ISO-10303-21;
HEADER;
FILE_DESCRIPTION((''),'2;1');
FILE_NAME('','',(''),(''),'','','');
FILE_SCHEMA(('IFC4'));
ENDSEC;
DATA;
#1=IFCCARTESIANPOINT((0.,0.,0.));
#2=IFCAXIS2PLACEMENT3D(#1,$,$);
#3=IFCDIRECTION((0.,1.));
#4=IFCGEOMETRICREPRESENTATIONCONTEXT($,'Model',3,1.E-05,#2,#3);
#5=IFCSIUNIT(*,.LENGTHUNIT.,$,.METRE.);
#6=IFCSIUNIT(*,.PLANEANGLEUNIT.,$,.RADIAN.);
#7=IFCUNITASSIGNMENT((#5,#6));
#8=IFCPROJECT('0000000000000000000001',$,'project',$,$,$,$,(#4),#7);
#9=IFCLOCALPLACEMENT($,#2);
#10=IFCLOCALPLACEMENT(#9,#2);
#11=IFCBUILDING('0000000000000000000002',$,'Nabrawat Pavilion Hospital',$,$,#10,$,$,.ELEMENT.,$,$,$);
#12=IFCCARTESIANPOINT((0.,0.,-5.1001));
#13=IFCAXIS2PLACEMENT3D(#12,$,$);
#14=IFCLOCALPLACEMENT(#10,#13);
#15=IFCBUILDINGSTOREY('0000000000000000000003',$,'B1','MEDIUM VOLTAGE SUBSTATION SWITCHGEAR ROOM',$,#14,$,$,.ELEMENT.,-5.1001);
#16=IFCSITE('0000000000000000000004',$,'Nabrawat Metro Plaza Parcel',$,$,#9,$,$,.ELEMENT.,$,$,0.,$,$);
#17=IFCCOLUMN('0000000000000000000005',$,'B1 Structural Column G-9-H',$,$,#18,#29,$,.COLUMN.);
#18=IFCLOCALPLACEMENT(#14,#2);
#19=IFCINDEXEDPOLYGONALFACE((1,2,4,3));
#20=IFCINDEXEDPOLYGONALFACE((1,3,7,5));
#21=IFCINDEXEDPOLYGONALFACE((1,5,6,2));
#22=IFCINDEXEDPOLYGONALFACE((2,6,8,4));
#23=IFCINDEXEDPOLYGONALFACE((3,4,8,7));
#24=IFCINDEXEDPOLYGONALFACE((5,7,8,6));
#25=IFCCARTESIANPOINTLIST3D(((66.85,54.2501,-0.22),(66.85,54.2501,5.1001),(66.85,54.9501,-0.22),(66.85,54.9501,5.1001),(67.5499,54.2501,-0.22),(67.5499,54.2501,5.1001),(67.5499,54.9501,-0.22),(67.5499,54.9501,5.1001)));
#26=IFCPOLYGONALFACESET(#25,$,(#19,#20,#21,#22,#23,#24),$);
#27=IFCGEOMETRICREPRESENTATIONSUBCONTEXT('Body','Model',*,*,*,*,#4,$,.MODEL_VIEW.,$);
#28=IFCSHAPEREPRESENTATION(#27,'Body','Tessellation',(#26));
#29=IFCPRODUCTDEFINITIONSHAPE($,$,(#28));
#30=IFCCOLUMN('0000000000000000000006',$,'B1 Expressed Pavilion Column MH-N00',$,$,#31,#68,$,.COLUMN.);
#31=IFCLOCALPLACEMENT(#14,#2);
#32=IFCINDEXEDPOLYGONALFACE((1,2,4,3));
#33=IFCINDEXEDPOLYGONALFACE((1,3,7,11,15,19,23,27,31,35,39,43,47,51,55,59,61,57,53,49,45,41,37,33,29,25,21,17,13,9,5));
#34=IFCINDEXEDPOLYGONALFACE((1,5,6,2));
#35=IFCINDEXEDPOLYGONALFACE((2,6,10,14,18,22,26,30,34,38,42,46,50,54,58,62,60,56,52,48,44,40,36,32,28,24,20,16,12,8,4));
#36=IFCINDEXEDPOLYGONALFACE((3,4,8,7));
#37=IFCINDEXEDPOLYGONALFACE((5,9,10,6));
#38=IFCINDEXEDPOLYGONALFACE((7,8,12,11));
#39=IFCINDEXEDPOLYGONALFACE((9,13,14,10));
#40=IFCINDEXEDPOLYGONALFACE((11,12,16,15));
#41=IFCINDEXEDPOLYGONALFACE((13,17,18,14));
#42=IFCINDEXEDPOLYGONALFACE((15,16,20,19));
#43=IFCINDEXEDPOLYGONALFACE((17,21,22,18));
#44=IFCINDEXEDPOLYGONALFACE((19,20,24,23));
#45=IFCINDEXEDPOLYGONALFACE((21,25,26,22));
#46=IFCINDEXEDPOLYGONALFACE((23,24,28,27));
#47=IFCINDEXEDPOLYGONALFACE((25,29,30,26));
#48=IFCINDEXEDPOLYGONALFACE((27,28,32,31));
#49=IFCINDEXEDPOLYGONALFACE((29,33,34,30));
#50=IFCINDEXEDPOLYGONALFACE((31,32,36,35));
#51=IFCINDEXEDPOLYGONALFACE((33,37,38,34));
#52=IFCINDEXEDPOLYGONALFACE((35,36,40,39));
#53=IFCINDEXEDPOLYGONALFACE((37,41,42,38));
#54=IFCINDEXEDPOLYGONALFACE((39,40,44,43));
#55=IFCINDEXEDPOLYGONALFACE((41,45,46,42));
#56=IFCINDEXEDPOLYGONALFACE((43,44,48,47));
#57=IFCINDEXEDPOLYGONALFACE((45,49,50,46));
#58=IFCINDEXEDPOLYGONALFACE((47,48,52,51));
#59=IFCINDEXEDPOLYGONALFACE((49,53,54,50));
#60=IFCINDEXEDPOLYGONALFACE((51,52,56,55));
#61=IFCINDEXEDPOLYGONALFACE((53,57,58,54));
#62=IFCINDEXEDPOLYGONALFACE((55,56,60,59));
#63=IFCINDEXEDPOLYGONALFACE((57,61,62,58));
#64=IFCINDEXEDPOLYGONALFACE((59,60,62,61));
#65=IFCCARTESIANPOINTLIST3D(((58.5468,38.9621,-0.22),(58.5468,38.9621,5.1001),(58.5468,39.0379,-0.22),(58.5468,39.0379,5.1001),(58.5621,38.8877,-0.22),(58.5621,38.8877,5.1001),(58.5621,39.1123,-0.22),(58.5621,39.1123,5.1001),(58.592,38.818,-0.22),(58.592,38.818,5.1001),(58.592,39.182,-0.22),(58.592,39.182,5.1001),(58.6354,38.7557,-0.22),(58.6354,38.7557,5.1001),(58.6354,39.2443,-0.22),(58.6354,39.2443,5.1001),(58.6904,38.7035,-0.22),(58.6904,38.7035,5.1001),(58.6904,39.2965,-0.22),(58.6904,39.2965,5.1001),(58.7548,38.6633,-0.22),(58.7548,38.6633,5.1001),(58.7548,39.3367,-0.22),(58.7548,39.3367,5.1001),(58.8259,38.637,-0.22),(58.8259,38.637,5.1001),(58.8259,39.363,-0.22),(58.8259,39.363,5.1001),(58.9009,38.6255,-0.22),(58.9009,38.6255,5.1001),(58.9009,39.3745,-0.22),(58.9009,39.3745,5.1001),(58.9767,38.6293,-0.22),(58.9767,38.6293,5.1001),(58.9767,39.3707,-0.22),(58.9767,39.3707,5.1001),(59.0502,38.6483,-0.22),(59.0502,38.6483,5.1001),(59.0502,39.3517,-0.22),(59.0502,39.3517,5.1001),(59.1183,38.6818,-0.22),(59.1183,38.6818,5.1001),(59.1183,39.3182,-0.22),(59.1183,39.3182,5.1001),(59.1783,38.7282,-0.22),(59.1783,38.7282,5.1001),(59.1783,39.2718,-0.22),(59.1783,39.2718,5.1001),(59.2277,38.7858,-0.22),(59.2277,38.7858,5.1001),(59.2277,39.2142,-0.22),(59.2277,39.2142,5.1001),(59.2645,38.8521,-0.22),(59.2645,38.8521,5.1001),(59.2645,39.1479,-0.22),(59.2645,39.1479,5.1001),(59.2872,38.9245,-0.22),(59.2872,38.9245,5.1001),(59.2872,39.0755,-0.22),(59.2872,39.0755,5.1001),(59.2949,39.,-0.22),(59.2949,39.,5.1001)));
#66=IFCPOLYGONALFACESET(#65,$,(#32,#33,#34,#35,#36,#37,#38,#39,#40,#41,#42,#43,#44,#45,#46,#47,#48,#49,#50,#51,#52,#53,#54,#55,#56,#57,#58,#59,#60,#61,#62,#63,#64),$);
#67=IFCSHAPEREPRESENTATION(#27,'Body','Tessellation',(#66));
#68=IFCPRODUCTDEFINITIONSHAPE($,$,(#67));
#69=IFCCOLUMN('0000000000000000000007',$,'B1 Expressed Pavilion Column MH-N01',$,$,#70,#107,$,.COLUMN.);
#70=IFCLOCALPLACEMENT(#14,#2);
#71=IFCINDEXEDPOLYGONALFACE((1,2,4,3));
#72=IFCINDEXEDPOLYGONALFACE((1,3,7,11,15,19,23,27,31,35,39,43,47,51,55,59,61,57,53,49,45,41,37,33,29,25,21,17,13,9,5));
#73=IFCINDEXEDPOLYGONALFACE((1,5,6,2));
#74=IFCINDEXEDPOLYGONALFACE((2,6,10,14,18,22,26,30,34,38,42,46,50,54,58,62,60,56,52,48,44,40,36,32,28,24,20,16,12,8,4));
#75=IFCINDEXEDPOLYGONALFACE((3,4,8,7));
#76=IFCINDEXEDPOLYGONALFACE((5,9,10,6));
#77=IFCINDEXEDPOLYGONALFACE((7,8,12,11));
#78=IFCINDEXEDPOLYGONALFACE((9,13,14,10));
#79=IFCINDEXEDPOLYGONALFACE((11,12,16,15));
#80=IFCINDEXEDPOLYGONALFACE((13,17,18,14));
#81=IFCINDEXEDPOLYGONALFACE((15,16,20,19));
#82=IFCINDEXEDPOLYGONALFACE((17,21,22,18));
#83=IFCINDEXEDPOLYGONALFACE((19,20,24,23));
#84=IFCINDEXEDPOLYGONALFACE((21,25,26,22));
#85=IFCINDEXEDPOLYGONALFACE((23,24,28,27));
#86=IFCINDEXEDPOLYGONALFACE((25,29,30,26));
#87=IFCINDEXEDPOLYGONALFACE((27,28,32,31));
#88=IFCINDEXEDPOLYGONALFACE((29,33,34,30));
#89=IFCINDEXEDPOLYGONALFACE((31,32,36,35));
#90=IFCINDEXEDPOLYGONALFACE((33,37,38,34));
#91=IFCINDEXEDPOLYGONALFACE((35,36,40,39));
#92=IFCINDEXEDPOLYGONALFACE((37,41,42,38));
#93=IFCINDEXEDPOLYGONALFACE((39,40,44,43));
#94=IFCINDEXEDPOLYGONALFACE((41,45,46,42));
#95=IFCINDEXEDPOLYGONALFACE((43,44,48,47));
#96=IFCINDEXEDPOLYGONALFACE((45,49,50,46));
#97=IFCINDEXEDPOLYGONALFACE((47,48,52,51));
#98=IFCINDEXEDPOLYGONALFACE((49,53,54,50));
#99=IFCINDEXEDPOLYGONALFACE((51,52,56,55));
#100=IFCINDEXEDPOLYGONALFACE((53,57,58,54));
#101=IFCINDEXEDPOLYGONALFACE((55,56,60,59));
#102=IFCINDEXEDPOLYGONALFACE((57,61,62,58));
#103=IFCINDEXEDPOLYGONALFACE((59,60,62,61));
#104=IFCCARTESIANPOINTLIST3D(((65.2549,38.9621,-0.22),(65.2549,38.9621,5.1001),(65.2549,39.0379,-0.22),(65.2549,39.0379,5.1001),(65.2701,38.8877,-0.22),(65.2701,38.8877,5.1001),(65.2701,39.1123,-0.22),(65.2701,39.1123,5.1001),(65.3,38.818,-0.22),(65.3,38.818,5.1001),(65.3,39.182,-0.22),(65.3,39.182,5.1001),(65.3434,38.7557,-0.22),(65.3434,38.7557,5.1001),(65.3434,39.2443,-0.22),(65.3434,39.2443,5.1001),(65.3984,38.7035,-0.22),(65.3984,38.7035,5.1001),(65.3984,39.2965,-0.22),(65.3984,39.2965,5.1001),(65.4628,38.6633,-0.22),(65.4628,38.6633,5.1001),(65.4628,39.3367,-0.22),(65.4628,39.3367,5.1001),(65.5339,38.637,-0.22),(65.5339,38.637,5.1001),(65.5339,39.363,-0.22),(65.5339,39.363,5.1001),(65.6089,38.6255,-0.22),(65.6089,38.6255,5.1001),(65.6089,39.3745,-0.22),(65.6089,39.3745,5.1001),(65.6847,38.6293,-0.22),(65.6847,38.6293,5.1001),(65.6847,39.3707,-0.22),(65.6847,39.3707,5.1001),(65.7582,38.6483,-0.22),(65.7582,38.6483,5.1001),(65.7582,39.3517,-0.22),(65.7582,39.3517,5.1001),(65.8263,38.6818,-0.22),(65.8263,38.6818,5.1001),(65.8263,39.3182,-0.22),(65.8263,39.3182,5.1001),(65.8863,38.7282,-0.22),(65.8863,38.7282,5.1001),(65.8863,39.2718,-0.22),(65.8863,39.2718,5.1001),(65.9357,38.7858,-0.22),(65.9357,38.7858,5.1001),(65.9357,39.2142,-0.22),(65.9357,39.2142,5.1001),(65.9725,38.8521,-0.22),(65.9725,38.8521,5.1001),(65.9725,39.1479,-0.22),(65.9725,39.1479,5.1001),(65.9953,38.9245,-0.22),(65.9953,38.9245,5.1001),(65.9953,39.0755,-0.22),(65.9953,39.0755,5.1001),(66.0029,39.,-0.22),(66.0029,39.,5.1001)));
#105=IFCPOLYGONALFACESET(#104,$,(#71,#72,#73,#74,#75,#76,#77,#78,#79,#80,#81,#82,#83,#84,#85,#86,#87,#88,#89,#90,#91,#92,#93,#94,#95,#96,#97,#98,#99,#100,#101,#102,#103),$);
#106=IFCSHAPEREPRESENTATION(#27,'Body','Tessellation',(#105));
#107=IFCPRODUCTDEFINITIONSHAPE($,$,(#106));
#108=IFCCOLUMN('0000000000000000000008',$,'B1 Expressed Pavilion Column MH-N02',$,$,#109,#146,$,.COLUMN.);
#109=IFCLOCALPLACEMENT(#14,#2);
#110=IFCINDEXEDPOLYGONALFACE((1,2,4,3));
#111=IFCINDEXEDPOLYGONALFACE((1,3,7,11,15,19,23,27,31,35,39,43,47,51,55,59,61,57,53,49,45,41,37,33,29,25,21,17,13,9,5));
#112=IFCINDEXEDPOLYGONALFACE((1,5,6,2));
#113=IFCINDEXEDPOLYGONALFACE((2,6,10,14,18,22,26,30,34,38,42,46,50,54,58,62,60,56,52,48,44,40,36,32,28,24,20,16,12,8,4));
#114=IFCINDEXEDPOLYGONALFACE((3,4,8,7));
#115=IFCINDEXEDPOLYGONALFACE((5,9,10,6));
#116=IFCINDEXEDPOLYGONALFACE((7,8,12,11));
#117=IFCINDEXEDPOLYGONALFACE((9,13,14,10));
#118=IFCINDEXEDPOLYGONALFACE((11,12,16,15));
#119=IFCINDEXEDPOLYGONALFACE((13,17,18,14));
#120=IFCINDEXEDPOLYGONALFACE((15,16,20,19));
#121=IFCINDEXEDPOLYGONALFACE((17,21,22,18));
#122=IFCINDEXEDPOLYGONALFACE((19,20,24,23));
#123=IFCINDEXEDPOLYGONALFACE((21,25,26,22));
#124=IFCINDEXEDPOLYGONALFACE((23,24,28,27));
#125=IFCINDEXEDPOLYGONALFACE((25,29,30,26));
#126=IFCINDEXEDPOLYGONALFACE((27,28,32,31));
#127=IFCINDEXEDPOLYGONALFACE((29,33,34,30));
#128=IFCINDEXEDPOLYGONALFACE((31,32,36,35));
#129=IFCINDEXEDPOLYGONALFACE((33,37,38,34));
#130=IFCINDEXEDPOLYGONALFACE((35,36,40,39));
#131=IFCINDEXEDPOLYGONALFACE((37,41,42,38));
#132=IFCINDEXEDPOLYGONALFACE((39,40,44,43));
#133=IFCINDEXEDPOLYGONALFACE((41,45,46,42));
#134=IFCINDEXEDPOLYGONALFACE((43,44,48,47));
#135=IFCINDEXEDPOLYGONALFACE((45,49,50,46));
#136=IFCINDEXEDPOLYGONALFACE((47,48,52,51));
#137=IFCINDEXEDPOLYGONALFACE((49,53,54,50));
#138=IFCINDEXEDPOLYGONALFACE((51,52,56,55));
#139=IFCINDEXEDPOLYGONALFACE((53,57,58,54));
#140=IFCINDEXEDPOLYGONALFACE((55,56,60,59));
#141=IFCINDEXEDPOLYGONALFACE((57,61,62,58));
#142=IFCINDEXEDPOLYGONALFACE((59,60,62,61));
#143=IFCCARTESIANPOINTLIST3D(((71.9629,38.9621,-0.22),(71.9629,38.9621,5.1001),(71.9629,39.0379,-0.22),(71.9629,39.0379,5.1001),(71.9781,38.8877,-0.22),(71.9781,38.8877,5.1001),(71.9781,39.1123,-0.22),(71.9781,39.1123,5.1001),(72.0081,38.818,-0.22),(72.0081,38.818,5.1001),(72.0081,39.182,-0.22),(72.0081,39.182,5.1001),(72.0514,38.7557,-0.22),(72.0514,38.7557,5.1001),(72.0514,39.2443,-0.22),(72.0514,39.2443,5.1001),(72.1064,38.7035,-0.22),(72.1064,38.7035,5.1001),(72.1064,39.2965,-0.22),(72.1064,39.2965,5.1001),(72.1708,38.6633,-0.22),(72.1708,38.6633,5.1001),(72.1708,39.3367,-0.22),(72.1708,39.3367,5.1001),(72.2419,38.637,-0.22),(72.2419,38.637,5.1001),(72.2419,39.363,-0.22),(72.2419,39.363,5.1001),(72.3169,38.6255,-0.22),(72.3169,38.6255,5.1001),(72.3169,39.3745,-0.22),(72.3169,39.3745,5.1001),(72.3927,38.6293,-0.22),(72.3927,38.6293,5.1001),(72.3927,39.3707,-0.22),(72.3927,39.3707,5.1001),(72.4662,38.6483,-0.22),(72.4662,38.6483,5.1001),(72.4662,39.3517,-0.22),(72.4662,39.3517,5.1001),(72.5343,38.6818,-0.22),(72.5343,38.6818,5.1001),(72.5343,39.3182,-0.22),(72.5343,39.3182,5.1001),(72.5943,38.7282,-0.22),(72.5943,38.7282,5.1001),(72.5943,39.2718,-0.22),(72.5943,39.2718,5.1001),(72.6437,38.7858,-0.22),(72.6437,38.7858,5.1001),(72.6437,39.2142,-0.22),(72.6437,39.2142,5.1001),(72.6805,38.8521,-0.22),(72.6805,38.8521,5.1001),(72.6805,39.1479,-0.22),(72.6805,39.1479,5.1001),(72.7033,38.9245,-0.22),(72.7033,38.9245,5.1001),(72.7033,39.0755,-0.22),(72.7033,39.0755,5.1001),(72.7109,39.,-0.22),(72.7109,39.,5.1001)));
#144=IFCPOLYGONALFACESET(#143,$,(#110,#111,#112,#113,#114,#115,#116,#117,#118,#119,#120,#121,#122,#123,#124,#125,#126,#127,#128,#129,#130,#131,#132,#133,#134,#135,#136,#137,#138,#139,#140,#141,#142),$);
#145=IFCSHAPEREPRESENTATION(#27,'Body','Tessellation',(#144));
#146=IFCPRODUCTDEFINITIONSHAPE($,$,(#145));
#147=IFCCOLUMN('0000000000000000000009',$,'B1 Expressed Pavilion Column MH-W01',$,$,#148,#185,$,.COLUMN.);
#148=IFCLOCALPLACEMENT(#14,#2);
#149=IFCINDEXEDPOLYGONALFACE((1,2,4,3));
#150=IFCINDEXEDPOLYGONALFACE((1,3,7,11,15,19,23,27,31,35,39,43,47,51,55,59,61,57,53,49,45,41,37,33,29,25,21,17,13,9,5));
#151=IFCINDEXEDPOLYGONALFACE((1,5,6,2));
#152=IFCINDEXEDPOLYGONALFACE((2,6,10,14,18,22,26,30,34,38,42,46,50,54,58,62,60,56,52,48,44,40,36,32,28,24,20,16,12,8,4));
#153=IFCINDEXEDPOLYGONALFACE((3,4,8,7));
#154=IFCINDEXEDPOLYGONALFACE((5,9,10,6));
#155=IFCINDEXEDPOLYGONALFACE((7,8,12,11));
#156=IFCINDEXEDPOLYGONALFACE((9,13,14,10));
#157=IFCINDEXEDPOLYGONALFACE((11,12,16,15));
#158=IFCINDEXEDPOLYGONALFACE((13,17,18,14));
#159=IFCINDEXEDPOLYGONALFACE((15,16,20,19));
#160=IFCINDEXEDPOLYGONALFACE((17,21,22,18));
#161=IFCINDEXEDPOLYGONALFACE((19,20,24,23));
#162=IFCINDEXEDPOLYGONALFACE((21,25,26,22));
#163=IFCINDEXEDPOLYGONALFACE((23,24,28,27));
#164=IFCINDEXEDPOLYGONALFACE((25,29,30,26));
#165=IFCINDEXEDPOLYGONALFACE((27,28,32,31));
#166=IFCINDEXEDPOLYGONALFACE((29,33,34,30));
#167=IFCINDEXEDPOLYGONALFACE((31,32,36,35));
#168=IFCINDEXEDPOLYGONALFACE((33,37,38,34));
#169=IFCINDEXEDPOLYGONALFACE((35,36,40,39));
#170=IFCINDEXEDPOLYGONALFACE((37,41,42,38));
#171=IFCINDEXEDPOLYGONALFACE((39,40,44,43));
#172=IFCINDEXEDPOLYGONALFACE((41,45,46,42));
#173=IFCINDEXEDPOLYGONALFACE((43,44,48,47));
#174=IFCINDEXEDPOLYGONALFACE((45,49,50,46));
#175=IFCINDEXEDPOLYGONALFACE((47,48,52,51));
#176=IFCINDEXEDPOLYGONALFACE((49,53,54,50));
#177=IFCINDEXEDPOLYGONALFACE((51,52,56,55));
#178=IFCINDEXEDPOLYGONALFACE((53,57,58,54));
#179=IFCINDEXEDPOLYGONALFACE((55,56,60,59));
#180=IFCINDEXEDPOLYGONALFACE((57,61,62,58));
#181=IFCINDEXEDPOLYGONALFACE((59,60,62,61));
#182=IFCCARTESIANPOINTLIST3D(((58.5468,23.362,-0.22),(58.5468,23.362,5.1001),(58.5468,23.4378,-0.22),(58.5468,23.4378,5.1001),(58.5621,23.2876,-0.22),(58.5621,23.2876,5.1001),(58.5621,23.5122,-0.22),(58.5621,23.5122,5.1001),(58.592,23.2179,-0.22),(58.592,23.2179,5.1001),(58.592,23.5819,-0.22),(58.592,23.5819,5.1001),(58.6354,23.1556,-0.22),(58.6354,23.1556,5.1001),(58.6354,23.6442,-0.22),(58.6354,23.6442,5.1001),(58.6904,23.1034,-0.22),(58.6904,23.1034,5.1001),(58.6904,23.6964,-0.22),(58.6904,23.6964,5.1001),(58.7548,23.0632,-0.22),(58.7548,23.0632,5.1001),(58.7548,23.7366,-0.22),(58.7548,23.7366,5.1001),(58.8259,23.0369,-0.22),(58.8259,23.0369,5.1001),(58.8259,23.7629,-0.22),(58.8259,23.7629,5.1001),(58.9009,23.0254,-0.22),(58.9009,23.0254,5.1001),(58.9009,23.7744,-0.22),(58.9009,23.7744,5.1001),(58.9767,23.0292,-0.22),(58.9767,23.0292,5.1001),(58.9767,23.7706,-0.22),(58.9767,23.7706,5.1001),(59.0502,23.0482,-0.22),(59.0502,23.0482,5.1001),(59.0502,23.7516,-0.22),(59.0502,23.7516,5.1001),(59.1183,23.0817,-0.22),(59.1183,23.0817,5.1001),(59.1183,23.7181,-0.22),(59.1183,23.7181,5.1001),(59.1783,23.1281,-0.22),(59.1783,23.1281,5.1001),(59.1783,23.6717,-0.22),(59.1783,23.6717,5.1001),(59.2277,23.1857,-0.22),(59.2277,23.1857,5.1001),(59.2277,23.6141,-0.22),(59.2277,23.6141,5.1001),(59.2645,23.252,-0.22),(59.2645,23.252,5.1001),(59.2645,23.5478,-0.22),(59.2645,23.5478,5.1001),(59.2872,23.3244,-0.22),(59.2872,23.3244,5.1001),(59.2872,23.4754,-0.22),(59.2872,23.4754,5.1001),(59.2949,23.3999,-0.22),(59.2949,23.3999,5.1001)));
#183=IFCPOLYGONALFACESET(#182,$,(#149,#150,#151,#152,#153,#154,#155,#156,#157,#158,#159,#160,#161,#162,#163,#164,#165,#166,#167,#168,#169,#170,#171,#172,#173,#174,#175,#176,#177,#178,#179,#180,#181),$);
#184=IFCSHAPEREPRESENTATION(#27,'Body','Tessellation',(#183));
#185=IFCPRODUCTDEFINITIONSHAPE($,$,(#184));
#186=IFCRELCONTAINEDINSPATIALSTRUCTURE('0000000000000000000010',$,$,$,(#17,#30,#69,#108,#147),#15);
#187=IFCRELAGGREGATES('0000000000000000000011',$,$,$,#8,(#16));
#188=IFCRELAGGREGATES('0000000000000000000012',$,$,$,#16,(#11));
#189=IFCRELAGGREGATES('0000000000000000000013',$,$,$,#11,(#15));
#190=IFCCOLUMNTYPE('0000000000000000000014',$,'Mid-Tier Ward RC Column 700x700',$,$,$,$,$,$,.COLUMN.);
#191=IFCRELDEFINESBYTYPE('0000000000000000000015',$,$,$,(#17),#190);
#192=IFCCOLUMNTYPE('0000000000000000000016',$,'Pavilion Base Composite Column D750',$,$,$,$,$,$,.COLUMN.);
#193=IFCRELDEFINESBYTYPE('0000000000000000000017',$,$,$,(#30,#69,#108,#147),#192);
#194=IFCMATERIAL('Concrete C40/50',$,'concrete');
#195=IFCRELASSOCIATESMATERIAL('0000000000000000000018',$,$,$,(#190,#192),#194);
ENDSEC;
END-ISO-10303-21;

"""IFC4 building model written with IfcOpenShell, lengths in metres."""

from ifc_helpers import new_model, si_unit, direction, frame, origin, origin_2d, place, context, subcontext, project, spatial, rectangle, circle, extrude, material, material_profile, profile_set, type_object, element, save


model = new_model("IFC4")

# Units and contexts
model_context = context("Model", 3, precision=1e-05, world=origin(), true_north=direction((0.0, 1.0)))
body_context = subcontext(model_context, "Body", "Model", "MODEL_VIEW")
ifc_project = project(units=[si_unit("LENGTHUNIT", "METRE"), si_unit("PLANEANGLEUNIT", "RADIAN")], contexts=[model_context])

# Site, building, storey
site_placement = place(None, origin())
site = spatial("IfcSite", under=ifc_project, at=site_placement, Name="Nabrawat Metro Plaza Parcel", CompositionType="ELEMENT", RefElevation=0.0)
building_placement = place(site_placement, origin())
building = spatial("IfcBuilding", under=site, at=building_placement, Name="Nabrawat Pavilion Hospital", CompositionType="ELEMENT")
storey_placement = place(building_placement, frame((0.0, 0.0, -5.1001)))
storey = spatial("IfcBuildingStorey", under=building, at=storey_placement, Name="B1", Description="MEDIUM VOLTAGE SUBSTATION SWITCHGEAR ROOM", CompositionType="ELEMENT", Elevation=-5.1001)

# Columns
ifc_material_1 = material(Name="Concrete C40/50", Category="concrete")
ifc_material_profile_1 = material_profile(ifc_material_1, rectangle(XDim=0.7, YDim=0.7, at=origin_2d()), Name="RC 700x700")
ifc_profile_set_1 = profile_set([ifc_material_profile_1], Name="Concrete C40/50")
column_type_1 = type_object("IfcColumnType", Name="Mid-Tier Ward RC Column 700x700", PredefinedType="COLUMN", material=ifc_profile_set_1)
column_1_placement = place(storey_placement, frame((67.2, 54.6001, -0.22), z_axis=(0.0, 0.0, 1.0), x_axis=(1.0, 0.0, 0.0)))
element("IfcColumn", 1, at=column_1_placement, inside=storey, type_object=column_type_1, Name="B1 Structural Column G-9-H", PredefinedType="COLUMN", context=body_context, shape_type="SweptSolid", body=[
    extrude(rectangle(XDim=0.7, YDim=0.7, at=origin_2d()), origin(), (0.0, 0.0, 1.0), 5.3201),
])
ifc_material_profile_2 = material_profile(ifc_material_1, circle(Radius=0.375, at=origin_2d()), Name="RC D750")
ifc_profile_set_2 = profile_set([ifc_material_profile_2], Name="Concrete C40/50")
column_type_2 = type_object("IfcColumnType", Name="Pavilion Base Composite Column D750", PredefinedType="COLUMN", material=ifc_profile_set_2)
for number, where, z_axis, x_axis, name in (
    (2, (58.9199, 39.0, -0.22), (0.0, 0.0, 1.0), (1.0, 0.0, 0.0), "B1 Expressed Pavilion Column MH-N00"),
    (3, (65.6279, 39.0, -0.22), (0.0, 0.0, 1.0), (1.0, 0.0, 0.0), "B1 Expressed Pavilion Column MH-N01"),
    (4, (72.3359, 39.0, -0.22), (0.0, 0.0, 1.0), (1.0, 0.0, 0.0), "B1 Expressed Pavilion Column MH-N02"),
    (5, (58.9199, 23.3999, -0.22), (0.0, 0.0, 1.0), (1.0, 0.0, 0.0), "B1 Expressed Pavilion Column MH-W01"),
):
    element("IfcColumn", number, at=place(storey_placement, frame(where, z_axis=z_axis, x_axis=x_axis)), inside=storey, type_object=column_type_2, Name=name, PredefinedType="COLUMN", context=body_context, shape_type="SweptSolid", body=[
        extrude(circle(Radius=0.375, at=origin_2d()), origin(), (0.0, 0.0, 1.0), 5.3201),
    ])

save(model, "model.ifc")
